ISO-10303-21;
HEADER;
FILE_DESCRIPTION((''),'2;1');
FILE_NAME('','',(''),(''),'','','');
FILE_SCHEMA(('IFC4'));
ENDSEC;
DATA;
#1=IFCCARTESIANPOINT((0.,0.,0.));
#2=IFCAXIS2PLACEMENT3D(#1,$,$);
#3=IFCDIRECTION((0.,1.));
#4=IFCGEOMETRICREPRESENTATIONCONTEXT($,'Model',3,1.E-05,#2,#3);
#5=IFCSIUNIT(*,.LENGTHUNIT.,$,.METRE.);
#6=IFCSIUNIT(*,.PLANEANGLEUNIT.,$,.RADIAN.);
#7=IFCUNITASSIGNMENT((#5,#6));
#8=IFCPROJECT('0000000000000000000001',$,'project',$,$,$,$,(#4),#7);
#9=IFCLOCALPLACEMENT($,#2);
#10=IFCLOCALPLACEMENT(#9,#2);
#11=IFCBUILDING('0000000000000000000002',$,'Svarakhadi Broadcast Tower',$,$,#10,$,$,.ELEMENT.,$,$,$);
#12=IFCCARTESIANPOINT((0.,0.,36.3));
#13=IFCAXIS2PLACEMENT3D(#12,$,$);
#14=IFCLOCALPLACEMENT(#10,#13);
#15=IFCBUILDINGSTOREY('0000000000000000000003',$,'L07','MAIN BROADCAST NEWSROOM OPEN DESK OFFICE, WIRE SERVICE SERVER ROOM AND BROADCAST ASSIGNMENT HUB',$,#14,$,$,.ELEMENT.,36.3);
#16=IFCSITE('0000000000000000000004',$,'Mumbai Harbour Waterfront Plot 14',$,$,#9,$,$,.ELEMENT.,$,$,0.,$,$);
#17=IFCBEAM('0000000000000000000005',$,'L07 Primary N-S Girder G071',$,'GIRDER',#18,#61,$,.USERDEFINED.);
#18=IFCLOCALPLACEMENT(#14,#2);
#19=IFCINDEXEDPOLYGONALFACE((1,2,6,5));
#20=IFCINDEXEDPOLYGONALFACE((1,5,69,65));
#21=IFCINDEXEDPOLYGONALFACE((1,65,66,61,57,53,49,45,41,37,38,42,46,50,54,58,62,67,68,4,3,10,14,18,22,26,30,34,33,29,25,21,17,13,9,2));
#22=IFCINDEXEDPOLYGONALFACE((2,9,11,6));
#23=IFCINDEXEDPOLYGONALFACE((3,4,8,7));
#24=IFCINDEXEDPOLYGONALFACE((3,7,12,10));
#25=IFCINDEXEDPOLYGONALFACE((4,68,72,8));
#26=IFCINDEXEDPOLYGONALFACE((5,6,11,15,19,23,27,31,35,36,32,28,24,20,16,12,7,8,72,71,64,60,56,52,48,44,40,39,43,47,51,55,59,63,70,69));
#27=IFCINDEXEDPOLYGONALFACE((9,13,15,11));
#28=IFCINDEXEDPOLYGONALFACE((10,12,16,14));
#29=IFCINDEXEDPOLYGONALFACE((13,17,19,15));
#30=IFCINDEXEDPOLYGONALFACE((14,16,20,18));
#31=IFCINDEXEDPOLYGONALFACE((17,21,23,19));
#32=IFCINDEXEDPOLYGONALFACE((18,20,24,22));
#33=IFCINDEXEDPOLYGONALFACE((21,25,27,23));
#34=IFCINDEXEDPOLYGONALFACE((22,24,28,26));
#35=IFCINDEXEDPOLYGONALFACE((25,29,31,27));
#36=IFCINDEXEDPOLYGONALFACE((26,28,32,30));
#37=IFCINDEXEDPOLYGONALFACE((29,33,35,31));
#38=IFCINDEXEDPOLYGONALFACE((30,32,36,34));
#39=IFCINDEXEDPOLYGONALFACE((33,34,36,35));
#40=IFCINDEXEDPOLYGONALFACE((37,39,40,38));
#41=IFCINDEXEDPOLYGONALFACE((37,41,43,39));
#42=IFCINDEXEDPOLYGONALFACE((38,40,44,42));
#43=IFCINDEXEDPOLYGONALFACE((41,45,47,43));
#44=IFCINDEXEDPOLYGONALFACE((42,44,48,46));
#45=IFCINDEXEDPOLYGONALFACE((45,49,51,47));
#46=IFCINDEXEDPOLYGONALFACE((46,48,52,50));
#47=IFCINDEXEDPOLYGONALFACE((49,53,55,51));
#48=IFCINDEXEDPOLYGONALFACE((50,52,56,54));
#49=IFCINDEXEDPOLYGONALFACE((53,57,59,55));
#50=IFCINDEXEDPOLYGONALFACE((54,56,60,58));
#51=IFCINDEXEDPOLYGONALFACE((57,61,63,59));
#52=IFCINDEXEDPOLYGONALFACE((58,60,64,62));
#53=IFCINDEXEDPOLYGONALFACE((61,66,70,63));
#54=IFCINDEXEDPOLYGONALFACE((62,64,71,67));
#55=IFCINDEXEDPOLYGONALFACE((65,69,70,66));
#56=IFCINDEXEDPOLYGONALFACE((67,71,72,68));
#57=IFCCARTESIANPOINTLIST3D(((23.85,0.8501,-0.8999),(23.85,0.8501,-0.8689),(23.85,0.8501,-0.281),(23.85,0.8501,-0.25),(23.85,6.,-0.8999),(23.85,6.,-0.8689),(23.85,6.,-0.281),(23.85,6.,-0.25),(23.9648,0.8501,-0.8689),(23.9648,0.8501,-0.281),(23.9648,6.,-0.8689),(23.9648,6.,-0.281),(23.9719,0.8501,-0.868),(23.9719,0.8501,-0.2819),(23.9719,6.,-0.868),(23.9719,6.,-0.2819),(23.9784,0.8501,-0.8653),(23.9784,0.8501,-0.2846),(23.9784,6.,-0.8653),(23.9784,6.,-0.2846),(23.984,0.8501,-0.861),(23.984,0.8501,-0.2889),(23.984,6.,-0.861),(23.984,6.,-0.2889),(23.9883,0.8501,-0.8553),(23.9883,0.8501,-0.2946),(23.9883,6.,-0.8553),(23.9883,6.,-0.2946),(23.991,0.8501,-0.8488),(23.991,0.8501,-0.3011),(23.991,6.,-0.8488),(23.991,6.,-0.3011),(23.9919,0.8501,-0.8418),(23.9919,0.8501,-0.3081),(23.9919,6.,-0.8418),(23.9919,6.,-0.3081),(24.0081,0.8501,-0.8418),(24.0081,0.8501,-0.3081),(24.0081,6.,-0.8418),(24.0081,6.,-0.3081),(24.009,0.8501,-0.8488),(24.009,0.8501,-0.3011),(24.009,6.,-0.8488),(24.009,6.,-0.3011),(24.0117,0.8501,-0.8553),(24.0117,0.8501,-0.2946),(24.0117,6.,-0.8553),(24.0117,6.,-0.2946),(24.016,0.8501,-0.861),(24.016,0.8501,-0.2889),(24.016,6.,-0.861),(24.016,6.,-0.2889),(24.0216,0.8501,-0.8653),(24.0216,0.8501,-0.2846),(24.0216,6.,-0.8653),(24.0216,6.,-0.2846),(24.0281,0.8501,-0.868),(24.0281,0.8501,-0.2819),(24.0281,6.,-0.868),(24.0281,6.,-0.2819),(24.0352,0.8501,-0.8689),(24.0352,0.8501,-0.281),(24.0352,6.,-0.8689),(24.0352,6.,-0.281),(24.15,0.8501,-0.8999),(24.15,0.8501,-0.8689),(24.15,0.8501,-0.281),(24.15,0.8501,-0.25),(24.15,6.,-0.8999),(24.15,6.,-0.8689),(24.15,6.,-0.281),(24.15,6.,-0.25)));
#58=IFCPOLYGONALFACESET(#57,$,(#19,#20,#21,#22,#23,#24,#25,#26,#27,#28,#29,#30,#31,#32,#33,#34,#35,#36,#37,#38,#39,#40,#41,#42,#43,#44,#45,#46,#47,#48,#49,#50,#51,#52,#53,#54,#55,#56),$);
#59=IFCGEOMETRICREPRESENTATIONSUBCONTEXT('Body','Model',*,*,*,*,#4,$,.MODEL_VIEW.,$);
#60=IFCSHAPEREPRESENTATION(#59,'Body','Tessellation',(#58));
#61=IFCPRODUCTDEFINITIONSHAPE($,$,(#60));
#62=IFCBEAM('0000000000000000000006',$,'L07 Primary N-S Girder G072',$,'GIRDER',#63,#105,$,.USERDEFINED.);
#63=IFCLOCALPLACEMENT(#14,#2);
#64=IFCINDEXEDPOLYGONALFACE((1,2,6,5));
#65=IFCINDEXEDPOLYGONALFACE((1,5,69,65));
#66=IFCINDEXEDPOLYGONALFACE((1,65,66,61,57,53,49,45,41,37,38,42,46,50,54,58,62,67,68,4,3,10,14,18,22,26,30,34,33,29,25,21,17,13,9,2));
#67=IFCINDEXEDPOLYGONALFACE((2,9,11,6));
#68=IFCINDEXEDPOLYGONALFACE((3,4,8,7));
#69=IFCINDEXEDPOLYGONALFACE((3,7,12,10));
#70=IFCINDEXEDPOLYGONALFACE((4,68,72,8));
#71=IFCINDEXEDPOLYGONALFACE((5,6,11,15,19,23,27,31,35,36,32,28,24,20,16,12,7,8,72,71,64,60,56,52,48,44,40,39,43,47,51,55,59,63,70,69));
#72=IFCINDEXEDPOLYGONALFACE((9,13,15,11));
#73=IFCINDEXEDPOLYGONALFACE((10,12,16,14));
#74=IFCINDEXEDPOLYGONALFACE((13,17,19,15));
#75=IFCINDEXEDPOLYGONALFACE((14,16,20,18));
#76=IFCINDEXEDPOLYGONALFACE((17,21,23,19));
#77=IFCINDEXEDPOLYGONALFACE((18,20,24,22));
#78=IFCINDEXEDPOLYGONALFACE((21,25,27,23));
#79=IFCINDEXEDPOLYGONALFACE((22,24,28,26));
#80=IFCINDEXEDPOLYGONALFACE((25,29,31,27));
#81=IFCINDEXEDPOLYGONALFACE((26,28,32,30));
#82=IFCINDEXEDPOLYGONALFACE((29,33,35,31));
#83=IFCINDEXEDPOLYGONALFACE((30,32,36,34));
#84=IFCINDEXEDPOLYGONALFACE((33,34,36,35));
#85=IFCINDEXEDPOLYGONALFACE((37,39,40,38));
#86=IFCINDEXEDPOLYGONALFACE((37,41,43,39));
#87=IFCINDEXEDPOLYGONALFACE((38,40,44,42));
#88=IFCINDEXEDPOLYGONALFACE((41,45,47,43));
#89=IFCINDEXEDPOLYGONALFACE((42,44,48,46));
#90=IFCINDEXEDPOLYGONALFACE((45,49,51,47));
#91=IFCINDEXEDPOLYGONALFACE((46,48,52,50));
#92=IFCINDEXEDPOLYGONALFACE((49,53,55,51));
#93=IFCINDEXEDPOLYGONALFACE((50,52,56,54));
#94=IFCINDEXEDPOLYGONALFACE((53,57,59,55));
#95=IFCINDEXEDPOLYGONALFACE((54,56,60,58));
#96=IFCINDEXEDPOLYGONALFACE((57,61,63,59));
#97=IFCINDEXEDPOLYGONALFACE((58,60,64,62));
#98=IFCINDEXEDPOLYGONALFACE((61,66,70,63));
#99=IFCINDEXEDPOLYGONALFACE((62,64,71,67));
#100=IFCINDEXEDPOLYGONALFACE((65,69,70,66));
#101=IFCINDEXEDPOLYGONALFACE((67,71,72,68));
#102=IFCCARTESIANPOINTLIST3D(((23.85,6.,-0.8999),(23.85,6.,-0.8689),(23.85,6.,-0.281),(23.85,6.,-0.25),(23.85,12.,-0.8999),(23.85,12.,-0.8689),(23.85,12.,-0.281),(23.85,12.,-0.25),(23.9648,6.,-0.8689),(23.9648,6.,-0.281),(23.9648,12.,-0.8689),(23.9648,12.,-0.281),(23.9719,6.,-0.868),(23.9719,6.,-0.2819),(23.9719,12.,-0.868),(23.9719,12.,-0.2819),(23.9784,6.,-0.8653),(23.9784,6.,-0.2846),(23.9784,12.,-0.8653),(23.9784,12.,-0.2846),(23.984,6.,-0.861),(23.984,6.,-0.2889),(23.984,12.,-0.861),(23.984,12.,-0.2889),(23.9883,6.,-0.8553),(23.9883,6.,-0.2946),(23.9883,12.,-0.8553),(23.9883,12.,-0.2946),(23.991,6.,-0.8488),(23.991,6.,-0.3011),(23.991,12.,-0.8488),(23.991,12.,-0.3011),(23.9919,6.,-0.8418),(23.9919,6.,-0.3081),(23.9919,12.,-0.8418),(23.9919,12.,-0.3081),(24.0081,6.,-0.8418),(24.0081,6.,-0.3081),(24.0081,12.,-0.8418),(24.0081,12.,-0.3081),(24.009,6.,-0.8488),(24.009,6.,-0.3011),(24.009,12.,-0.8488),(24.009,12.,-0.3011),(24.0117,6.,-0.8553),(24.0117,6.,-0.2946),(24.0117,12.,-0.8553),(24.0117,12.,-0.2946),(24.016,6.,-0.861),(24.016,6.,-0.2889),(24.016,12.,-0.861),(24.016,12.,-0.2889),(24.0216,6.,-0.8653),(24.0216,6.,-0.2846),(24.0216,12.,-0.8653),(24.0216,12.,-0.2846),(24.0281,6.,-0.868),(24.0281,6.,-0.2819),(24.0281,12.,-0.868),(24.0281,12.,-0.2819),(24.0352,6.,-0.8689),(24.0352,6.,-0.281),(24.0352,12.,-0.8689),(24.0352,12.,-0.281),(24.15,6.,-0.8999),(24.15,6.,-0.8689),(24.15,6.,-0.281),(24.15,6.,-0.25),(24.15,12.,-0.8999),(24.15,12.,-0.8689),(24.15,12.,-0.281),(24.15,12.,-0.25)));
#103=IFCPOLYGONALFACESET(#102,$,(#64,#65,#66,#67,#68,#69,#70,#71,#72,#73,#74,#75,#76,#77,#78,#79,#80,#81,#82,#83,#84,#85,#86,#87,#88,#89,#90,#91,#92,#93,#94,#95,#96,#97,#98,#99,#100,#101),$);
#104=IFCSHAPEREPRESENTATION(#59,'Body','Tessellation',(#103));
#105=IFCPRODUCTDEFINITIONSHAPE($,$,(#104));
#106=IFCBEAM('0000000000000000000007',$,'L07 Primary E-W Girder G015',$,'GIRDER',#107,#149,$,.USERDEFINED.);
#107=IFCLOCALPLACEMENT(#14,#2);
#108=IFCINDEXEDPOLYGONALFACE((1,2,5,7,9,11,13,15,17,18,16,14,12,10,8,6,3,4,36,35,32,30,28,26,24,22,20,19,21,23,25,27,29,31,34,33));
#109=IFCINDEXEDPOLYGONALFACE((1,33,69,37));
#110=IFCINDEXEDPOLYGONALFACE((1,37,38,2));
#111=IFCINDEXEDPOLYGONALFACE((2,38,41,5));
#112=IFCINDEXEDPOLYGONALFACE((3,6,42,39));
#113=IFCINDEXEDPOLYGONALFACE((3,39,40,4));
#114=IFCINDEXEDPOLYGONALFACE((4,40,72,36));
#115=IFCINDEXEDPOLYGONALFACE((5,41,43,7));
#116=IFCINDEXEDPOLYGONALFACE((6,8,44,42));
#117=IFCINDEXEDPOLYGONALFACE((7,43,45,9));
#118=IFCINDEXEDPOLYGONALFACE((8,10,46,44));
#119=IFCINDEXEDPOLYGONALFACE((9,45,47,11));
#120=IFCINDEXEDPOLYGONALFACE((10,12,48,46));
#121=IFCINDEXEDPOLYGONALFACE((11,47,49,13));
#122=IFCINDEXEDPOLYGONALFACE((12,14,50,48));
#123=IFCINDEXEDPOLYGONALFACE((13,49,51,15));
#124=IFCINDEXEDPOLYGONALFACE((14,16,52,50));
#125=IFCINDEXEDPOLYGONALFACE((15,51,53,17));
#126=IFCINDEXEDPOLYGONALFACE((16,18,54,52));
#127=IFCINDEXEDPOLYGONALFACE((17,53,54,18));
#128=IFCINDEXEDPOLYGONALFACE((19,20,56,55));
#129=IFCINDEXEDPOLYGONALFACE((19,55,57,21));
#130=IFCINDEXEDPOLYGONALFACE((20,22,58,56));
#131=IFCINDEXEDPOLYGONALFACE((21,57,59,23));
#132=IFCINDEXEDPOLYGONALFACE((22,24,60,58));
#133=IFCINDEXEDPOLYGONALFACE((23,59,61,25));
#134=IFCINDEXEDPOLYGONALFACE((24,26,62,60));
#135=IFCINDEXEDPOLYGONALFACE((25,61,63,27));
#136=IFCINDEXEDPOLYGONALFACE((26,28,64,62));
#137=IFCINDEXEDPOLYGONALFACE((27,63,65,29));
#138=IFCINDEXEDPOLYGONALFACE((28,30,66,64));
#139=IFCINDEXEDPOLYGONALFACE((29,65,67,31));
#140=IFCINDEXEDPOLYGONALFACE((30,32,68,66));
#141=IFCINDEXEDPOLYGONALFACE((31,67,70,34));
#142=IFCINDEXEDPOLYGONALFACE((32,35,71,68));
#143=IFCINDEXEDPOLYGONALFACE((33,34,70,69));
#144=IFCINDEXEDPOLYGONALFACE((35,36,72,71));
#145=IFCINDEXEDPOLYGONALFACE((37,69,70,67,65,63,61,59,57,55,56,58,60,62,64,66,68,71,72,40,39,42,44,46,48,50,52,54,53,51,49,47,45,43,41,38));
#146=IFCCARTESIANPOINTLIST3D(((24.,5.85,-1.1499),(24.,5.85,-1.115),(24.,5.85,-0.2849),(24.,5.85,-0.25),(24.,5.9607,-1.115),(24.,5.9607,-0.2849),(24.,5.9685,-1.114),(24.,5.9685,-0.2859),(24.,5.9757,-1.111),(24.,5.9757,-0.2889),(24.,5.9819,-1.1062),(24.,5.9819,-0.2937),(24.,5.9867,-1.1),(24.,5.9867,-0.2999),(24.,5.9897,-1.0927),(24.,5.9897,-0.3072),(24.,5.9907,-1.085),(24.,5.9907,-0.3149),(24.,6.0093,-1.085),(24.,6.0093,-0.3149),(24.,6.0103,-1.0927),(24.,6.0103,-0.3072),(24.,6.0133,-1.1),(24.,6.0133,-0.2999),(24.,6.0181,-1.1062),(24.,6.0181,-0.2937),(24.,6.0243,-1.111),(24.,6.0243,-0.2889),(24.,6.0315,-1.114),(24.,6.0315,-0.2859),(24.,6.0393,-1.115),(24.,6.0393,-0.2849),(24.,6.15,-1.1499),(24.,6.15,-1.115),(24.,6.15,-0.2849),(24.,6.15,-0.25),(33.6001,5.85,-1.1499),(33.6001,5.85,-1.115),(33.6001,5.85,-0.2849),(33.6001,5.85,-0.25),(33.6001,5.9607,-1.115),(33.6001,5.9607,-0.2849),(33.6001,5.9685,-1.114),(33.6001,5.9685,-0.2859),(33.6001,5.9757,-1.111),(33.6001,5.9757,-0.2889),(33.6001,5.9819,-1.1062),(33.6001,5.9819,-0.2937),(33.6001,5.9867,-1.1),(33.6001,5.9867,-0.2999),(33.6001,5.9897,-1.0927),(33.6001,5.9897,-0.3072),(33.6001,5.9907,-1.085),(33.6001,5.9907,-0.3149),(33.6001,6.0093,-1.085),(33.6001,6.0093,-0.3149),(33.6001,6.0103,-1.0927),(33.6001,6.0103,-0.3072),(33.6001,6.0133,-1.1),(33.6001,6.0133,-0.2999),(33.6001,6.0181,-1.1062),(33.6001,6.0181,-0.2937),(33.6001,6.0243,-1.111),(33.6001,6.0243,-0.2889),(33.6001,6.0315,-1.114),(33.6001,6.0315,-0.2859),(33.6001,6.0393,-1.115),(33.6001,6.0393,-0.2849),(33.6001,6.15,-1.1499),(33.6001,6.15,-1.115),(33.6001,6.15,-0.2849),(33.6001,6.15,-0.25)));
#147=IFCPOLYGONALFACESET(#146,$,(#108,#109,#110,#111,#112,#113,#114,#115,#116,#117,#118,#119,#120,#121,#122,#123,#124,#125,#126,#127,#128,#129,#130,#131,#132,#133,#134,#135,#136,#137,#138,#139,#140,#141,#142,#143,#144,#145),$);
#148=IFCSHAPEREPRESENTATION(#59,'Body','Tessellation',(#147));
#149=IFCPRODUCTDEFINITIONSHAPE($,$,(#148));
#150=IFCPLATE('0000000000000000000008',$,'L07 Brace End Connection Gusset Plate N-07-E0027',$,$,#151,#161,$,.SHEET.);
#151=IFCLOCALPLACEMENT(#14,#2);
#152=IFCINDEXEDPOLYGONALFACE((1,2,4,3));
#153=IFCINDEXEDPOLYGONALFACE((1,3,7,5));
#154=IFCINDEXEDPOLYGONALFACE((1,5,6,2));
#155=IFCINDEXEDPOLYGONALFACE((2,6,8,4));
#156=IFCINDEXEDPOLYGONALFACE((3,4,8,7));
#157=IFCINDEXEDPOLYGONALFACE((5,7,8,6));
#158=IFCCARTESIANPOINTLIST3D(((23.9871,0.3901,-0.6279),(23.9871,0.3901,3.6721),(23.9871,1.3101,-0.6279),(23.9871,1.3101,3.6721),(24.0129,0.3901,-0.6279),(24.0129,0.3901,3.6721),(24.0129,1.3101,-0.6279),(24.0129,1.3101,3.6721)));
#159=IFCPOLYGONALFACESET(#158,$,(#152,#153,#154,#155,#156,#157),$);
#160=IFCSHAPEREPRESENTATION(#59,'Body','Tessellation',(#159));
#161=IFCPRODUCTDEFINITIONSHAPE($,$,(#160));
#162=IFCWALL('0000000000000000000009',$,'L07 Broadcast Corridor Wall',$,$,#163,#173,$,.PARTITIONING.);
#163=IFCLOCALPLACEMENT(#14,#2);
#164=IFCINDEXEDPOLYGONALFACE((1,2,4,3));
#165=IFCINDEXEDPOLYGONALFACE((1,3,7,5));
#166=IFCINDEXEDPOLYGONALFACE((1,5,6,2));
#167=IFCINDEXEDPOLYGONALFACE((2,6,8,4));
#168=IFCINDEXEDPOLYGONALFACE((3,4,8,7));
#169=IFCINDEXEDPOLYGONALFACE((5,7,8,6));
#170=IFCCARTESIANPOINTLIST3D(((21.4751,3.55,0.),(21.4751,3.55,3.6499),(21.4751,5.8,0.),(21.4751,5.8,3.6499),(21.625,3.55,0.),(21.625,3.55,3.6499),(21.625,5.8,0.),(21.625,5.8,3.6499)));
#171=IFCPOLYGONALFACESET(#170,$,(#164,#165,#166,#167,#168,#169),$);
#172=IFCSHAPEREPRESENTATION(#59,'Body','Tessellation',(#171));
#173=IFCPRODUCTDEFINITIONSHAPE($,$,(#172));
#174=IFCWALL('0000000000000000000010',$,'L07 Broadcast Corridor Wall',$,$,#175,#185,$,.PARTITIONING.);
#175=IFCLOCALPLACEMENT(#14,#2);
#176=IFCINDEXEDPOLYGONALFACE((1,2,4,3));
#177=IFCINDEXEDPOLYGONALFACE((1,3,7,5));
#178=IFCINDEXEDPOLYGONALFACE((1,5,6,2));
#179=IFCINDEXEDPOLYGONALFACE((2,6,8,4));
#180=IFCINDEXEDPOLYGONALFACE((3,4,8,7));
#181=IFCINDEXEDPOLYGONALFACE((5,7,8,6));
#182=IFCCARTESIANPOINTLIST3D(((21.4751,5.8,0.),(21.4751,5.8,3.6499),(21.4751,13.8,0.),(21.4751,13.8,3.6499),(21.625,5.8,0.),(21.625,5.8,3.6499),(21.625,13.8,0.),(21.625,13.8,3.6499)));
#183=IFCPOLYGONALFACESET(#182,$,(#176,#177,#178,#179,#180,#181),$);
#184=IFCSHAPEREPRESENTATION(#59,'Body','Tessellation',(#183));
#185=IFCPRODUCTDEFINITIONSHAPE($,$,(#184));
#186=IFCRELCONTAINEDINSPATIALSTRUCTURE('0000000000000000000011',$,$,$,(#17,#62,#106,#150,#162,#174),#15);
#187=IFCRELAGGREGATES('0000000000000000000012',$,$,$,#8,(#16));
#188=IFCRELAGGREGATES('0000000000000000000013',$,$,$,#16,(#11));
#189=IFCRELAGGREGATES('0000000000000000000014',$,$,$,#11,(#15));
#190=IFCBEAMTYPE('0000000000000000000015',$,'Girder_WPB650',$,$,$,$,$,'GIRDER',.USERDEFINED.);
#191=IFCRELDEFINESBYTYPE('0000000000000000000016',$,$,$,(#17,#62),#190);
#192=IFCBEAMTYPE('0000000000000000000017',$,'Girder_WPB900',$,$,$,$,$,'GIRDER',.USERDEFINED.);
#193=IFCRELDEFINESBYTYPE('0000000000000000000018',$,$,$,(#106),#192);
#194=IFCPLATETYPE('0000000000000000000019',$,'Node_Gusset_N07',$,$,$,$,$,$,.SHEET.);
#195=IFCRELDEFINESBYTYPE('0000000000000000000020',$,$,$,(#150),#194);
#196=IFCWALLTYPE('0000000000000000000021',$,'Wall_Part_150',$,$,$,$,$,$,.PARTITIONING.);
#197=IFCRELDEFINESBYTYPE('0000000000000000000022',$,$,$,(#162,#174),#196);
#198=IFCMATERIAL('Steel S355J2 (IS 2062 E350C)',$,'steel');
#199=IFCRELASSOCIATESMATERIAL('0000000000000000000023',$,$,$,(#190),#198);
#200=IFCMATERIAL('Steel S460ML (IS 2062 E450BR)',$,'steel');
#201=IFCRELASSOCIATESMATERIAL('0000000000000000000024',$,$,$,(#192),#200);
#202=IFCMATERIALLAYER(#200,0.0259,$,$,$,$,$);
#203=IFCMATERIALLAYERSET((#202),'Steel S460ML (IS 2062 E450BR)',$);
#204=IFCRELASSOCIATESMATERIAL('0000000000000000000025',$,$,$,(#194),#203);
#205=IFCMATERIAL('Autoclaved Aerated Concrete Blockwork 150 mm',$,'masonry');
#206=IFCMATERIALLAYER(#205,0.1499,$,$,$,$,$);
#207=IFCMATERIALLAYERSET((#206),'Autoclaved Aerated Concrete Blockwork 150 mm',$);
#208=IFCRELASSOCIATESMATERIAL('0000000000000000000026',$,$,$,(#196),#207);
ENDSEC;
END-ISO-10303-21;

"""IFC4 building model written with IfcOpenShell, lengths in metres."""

from ifc_helpers import new_model, si_unit, direction, frame, frame_2d, origin, origin_2d, place, context, subcontext, project, spatial, rectangle, i_section, extrude, material, layer, layer_set, material_profile, profile_set, type_object, element, save


model = new_model("IFC4")

# Units and contexts
model_context = context("Model", 3, precision=1e-05, world=origin(), true_north=direction((0.0, 1.0)))
body_context = subcontext(model_context, "Body", "Model", "MODEL_VIEW")
ifc_project = project(units=[si_unit("LENGTHUNIT", "METRE"), si_unit("PLANEANGLEUNIT", "RADIAN")], contexts=[model_context])

# Site, building, storey
site_placement = place(None, origin())
site = spatial("IfcSite", under=ifc_project, at=site_placement, Name="Mumbai Harbour Waterfront Plot 14", CompositionType="ELEMENT", RefElevation=0.0)
building_placement = place(site_placement, origin())
building = spatial("IfcBuilding", under=site, at=building_placement, Name="Svarakhadi Broadcast Tower", CompositionType="ELEMENT")
storey_placement = place(building_placement, frame((0.0, 0.0, 36.3)))
storey = spatial("IfcBuildingStorey", under=building, at=storey_placement, Name="L07", Description="MAIN BROADCAST NEWSROOM OPEN DESK OFFICE, WIRE SERVICE SERVER ROOM AND BROADCAST ASSIGNMENT HUB", CompositionType="ELEMENT", Elevation=36.3)

# Beams
ifc_material_1 = material(Name="Steel S355J2 (IS 2062 E350C)", Category="steel")
ifc_material_profile_1 = material_profile(ifc_material_1, i_section(OverallWidth=0.3, OverallDepth=0.6499, WebThickness=0.0161, FlangeThickness=0.031, FilletRadius=0.0271, at=origin_2d()), Name="WPB 650x300x225")
ifc_profile_set_1 = profile_set([ifc_material_profile_1], Name="Steel S355J2 (IS 2062 E350C)")
beam_type_1 = type_object("IfcBeamType", Name="Girder_WPB650", ElementType="GIRDER", PredefinedType="USERDEFINED", material=ifc_profile_set_1)
beam_1_placement = place(storey_placement, frame((24.0, 0.8501, -0.575), z_axis=(0.0, 1.0, 0.0), x_axis=(-1.0, 0.0, 0.0)))
element("IfcBeam", 1, at=beam_1_placement, inside=storey, type_object=beam_type_1, Name="L07 Primary N-S Girder G071", ObjectType="GIRDER", PredefinedType="USERDEFINED", context=body_context, shape_type="SweptSolid", body=[
    extrude(i_section(OverallWidth=0.3, OverallDepth=0.6499, WebThickness=0.0161, FlangeThickness=0.031, FilletRadius=0.0271, at=origin_2d()), origin(), (0.0, 0.0, 1.0), 5.1499),
])
beam_2_placement = place(storey_placement, frame((24.0, 6.0, -0.575), z_axis=(0.0, 1.0, 0.0), x_axis=(-1.0, 0.0, 0.0)))
element("IfcBeam", 2, at=beam_2_placement, inside=storey, type_object=beam_type_1, Name="L07 Primary N-S Girder G072", ObjectType="GIRDER", PredefinedType="USERDEFINED", context=body_context, shape_type="SweptSolid", body=[
    extrude(i_section(OverallWidth=0.3, OverallDepth=0.6499, WebThickness=0.0161, FlangeThickness=0.031, FilletRadius=0.0271, at=origin_2d()), origin(), (0.0, 0.0, 1.0), 6.0),
])
ifc_material_2 = material(Name="Steel S460ML (IS 2062 E450BR)", Category="steel")
ifc_material_profile_2 = material_profile(ifc_material_2, i_section(OverallWidth=0.3, OverallDepth=0.8999, WebThickness=0.0186, FlangeThickness=0.0349, FilletRadius=0.03, at=origin_2d()), Name="WPB 900x300x291")
ifc_profile_set_2 = profile_set([ifc_material_profile_2], Name="Steel S460ML (IS 2062 E450BR)")
beam_type_2 = type_object("IfcBeamType", Name="Girder_WPB900", ElementType="GIRDER", PredefinedType="USERDEFINED", material=ifc_profile_set_2)
beam_3_placement = place(storey_placement, frame((24.0, 6.0, -0.7), z_axis=(1.0, 0.0, 0.0), x_axis=(0.0, 1.0, 0.0)))
element("IfcBeam", 3, at=beam_3_placement, inside=storey, type_object=beam_type_2, Name="L07 Primary E-W Girder G015", ObjectType="GIRDER", PredefinedType="USERDEFINED", context=body_context, shape_type="SweptSolid", body=[
    extrude(i_section(OverallWidth=0.3, OverallDepth=0.8999, WebThickness=0.0186, FlangeThickness=0.0349, FilletRadius=0.03, at=origin_2d()), origin(), (0.0, 0.0, 1.0), 9.6001),
])

# Plate
ifc_layer_1 = layer(ifc_material_2, 0.0259)
ifc_layer_set_1 = layer_set([ifc_layer_1], Name="Steel S460ML (IS 2062 E450BR)")
plate_type = type_object("IfcPlateType", Name="Node_Gusset_N07", PredefinedType="SHEET", material=ifc_layer_set_1)
plate_placement = place(storey_placement, frame((24.0, 0.8501, -0.6279), z_axis=(0.0, 0.0, 1.0), x_axis=(0.0, 1.0, 0.0)))
element("IfcPlate", 4, at=plate_placement, inside=storey, type_object=plate_type, Name="L07 Brace End Connection Gusset Plate N-07-E0027", PredefinedType="SHEET", context=body_context, shape_type="SweptSolid", body=[
    extrude(rectangle(XDim=0.9199, YDim=0.0259, at=origin_2d()), origin(), (0.0, 0.0, 1.0), 4.3),
])

# Walls
ifc_material_3 = material(Name="Autoclaved Aerated Concrete Blockwork 150 mm", Category="masonry")
ifc_layer_2 = layer(ifc_material_3, 0.1499)
ifc_layer_set_2 = layer_set([ifc_layer_2], Name="Autoclaved Aerated Concrete Blockwork 150 mm")
wall_type_1 = type_object("IfcWallType", Name="Wall_Part_150", PredefinedType="PARTITIONING", material=ifc_layer_set_2)
wall_1_placement = place(storey_placement, frame((21.55, 3.55, 0.0), z_axis=(0.0, 0.0, 1.0), x_axis=(0.0, 1.0, 0.0)))
element("IfcWall", 5, at=wall_1_placement, inside=storey, type_object=wall_type_1, Name="L07 Broadcast Corridor Wall", PredefinedType="PARTITIONING", context=body_context, shape_type="SweptSolid", body=[
    extrude(rectangle(XDim=2.25, YDim=0.1499, at=frame_2d((1.125, 0.0))), origin(), (0.0, 0.0, 1.0), 3.6499),
])
wall_2_placement = place(storey_placement, frame((21.55, 5.8, 0.0), z_axis=(0.0, 0.0, 1.0), x_axis=(0.0, 1.0, 0.0)))
element("IfcWall", 6, at=wall_2_placement, inside=storey, type_object=wall_type_1, Name="L07 Broadcast Corridor Wall", PredefinedType="PARTITIONING", context=body_context, shape_type="SweptSolid", body=[
    extrude(rectangle(XDim=8.0, YDim=0.1499, at=frame_2d((4.0, 0.0))), origin(), (0.0, 0.0, 1.0), 3.6499),
])

save(model, "model.ifc")
